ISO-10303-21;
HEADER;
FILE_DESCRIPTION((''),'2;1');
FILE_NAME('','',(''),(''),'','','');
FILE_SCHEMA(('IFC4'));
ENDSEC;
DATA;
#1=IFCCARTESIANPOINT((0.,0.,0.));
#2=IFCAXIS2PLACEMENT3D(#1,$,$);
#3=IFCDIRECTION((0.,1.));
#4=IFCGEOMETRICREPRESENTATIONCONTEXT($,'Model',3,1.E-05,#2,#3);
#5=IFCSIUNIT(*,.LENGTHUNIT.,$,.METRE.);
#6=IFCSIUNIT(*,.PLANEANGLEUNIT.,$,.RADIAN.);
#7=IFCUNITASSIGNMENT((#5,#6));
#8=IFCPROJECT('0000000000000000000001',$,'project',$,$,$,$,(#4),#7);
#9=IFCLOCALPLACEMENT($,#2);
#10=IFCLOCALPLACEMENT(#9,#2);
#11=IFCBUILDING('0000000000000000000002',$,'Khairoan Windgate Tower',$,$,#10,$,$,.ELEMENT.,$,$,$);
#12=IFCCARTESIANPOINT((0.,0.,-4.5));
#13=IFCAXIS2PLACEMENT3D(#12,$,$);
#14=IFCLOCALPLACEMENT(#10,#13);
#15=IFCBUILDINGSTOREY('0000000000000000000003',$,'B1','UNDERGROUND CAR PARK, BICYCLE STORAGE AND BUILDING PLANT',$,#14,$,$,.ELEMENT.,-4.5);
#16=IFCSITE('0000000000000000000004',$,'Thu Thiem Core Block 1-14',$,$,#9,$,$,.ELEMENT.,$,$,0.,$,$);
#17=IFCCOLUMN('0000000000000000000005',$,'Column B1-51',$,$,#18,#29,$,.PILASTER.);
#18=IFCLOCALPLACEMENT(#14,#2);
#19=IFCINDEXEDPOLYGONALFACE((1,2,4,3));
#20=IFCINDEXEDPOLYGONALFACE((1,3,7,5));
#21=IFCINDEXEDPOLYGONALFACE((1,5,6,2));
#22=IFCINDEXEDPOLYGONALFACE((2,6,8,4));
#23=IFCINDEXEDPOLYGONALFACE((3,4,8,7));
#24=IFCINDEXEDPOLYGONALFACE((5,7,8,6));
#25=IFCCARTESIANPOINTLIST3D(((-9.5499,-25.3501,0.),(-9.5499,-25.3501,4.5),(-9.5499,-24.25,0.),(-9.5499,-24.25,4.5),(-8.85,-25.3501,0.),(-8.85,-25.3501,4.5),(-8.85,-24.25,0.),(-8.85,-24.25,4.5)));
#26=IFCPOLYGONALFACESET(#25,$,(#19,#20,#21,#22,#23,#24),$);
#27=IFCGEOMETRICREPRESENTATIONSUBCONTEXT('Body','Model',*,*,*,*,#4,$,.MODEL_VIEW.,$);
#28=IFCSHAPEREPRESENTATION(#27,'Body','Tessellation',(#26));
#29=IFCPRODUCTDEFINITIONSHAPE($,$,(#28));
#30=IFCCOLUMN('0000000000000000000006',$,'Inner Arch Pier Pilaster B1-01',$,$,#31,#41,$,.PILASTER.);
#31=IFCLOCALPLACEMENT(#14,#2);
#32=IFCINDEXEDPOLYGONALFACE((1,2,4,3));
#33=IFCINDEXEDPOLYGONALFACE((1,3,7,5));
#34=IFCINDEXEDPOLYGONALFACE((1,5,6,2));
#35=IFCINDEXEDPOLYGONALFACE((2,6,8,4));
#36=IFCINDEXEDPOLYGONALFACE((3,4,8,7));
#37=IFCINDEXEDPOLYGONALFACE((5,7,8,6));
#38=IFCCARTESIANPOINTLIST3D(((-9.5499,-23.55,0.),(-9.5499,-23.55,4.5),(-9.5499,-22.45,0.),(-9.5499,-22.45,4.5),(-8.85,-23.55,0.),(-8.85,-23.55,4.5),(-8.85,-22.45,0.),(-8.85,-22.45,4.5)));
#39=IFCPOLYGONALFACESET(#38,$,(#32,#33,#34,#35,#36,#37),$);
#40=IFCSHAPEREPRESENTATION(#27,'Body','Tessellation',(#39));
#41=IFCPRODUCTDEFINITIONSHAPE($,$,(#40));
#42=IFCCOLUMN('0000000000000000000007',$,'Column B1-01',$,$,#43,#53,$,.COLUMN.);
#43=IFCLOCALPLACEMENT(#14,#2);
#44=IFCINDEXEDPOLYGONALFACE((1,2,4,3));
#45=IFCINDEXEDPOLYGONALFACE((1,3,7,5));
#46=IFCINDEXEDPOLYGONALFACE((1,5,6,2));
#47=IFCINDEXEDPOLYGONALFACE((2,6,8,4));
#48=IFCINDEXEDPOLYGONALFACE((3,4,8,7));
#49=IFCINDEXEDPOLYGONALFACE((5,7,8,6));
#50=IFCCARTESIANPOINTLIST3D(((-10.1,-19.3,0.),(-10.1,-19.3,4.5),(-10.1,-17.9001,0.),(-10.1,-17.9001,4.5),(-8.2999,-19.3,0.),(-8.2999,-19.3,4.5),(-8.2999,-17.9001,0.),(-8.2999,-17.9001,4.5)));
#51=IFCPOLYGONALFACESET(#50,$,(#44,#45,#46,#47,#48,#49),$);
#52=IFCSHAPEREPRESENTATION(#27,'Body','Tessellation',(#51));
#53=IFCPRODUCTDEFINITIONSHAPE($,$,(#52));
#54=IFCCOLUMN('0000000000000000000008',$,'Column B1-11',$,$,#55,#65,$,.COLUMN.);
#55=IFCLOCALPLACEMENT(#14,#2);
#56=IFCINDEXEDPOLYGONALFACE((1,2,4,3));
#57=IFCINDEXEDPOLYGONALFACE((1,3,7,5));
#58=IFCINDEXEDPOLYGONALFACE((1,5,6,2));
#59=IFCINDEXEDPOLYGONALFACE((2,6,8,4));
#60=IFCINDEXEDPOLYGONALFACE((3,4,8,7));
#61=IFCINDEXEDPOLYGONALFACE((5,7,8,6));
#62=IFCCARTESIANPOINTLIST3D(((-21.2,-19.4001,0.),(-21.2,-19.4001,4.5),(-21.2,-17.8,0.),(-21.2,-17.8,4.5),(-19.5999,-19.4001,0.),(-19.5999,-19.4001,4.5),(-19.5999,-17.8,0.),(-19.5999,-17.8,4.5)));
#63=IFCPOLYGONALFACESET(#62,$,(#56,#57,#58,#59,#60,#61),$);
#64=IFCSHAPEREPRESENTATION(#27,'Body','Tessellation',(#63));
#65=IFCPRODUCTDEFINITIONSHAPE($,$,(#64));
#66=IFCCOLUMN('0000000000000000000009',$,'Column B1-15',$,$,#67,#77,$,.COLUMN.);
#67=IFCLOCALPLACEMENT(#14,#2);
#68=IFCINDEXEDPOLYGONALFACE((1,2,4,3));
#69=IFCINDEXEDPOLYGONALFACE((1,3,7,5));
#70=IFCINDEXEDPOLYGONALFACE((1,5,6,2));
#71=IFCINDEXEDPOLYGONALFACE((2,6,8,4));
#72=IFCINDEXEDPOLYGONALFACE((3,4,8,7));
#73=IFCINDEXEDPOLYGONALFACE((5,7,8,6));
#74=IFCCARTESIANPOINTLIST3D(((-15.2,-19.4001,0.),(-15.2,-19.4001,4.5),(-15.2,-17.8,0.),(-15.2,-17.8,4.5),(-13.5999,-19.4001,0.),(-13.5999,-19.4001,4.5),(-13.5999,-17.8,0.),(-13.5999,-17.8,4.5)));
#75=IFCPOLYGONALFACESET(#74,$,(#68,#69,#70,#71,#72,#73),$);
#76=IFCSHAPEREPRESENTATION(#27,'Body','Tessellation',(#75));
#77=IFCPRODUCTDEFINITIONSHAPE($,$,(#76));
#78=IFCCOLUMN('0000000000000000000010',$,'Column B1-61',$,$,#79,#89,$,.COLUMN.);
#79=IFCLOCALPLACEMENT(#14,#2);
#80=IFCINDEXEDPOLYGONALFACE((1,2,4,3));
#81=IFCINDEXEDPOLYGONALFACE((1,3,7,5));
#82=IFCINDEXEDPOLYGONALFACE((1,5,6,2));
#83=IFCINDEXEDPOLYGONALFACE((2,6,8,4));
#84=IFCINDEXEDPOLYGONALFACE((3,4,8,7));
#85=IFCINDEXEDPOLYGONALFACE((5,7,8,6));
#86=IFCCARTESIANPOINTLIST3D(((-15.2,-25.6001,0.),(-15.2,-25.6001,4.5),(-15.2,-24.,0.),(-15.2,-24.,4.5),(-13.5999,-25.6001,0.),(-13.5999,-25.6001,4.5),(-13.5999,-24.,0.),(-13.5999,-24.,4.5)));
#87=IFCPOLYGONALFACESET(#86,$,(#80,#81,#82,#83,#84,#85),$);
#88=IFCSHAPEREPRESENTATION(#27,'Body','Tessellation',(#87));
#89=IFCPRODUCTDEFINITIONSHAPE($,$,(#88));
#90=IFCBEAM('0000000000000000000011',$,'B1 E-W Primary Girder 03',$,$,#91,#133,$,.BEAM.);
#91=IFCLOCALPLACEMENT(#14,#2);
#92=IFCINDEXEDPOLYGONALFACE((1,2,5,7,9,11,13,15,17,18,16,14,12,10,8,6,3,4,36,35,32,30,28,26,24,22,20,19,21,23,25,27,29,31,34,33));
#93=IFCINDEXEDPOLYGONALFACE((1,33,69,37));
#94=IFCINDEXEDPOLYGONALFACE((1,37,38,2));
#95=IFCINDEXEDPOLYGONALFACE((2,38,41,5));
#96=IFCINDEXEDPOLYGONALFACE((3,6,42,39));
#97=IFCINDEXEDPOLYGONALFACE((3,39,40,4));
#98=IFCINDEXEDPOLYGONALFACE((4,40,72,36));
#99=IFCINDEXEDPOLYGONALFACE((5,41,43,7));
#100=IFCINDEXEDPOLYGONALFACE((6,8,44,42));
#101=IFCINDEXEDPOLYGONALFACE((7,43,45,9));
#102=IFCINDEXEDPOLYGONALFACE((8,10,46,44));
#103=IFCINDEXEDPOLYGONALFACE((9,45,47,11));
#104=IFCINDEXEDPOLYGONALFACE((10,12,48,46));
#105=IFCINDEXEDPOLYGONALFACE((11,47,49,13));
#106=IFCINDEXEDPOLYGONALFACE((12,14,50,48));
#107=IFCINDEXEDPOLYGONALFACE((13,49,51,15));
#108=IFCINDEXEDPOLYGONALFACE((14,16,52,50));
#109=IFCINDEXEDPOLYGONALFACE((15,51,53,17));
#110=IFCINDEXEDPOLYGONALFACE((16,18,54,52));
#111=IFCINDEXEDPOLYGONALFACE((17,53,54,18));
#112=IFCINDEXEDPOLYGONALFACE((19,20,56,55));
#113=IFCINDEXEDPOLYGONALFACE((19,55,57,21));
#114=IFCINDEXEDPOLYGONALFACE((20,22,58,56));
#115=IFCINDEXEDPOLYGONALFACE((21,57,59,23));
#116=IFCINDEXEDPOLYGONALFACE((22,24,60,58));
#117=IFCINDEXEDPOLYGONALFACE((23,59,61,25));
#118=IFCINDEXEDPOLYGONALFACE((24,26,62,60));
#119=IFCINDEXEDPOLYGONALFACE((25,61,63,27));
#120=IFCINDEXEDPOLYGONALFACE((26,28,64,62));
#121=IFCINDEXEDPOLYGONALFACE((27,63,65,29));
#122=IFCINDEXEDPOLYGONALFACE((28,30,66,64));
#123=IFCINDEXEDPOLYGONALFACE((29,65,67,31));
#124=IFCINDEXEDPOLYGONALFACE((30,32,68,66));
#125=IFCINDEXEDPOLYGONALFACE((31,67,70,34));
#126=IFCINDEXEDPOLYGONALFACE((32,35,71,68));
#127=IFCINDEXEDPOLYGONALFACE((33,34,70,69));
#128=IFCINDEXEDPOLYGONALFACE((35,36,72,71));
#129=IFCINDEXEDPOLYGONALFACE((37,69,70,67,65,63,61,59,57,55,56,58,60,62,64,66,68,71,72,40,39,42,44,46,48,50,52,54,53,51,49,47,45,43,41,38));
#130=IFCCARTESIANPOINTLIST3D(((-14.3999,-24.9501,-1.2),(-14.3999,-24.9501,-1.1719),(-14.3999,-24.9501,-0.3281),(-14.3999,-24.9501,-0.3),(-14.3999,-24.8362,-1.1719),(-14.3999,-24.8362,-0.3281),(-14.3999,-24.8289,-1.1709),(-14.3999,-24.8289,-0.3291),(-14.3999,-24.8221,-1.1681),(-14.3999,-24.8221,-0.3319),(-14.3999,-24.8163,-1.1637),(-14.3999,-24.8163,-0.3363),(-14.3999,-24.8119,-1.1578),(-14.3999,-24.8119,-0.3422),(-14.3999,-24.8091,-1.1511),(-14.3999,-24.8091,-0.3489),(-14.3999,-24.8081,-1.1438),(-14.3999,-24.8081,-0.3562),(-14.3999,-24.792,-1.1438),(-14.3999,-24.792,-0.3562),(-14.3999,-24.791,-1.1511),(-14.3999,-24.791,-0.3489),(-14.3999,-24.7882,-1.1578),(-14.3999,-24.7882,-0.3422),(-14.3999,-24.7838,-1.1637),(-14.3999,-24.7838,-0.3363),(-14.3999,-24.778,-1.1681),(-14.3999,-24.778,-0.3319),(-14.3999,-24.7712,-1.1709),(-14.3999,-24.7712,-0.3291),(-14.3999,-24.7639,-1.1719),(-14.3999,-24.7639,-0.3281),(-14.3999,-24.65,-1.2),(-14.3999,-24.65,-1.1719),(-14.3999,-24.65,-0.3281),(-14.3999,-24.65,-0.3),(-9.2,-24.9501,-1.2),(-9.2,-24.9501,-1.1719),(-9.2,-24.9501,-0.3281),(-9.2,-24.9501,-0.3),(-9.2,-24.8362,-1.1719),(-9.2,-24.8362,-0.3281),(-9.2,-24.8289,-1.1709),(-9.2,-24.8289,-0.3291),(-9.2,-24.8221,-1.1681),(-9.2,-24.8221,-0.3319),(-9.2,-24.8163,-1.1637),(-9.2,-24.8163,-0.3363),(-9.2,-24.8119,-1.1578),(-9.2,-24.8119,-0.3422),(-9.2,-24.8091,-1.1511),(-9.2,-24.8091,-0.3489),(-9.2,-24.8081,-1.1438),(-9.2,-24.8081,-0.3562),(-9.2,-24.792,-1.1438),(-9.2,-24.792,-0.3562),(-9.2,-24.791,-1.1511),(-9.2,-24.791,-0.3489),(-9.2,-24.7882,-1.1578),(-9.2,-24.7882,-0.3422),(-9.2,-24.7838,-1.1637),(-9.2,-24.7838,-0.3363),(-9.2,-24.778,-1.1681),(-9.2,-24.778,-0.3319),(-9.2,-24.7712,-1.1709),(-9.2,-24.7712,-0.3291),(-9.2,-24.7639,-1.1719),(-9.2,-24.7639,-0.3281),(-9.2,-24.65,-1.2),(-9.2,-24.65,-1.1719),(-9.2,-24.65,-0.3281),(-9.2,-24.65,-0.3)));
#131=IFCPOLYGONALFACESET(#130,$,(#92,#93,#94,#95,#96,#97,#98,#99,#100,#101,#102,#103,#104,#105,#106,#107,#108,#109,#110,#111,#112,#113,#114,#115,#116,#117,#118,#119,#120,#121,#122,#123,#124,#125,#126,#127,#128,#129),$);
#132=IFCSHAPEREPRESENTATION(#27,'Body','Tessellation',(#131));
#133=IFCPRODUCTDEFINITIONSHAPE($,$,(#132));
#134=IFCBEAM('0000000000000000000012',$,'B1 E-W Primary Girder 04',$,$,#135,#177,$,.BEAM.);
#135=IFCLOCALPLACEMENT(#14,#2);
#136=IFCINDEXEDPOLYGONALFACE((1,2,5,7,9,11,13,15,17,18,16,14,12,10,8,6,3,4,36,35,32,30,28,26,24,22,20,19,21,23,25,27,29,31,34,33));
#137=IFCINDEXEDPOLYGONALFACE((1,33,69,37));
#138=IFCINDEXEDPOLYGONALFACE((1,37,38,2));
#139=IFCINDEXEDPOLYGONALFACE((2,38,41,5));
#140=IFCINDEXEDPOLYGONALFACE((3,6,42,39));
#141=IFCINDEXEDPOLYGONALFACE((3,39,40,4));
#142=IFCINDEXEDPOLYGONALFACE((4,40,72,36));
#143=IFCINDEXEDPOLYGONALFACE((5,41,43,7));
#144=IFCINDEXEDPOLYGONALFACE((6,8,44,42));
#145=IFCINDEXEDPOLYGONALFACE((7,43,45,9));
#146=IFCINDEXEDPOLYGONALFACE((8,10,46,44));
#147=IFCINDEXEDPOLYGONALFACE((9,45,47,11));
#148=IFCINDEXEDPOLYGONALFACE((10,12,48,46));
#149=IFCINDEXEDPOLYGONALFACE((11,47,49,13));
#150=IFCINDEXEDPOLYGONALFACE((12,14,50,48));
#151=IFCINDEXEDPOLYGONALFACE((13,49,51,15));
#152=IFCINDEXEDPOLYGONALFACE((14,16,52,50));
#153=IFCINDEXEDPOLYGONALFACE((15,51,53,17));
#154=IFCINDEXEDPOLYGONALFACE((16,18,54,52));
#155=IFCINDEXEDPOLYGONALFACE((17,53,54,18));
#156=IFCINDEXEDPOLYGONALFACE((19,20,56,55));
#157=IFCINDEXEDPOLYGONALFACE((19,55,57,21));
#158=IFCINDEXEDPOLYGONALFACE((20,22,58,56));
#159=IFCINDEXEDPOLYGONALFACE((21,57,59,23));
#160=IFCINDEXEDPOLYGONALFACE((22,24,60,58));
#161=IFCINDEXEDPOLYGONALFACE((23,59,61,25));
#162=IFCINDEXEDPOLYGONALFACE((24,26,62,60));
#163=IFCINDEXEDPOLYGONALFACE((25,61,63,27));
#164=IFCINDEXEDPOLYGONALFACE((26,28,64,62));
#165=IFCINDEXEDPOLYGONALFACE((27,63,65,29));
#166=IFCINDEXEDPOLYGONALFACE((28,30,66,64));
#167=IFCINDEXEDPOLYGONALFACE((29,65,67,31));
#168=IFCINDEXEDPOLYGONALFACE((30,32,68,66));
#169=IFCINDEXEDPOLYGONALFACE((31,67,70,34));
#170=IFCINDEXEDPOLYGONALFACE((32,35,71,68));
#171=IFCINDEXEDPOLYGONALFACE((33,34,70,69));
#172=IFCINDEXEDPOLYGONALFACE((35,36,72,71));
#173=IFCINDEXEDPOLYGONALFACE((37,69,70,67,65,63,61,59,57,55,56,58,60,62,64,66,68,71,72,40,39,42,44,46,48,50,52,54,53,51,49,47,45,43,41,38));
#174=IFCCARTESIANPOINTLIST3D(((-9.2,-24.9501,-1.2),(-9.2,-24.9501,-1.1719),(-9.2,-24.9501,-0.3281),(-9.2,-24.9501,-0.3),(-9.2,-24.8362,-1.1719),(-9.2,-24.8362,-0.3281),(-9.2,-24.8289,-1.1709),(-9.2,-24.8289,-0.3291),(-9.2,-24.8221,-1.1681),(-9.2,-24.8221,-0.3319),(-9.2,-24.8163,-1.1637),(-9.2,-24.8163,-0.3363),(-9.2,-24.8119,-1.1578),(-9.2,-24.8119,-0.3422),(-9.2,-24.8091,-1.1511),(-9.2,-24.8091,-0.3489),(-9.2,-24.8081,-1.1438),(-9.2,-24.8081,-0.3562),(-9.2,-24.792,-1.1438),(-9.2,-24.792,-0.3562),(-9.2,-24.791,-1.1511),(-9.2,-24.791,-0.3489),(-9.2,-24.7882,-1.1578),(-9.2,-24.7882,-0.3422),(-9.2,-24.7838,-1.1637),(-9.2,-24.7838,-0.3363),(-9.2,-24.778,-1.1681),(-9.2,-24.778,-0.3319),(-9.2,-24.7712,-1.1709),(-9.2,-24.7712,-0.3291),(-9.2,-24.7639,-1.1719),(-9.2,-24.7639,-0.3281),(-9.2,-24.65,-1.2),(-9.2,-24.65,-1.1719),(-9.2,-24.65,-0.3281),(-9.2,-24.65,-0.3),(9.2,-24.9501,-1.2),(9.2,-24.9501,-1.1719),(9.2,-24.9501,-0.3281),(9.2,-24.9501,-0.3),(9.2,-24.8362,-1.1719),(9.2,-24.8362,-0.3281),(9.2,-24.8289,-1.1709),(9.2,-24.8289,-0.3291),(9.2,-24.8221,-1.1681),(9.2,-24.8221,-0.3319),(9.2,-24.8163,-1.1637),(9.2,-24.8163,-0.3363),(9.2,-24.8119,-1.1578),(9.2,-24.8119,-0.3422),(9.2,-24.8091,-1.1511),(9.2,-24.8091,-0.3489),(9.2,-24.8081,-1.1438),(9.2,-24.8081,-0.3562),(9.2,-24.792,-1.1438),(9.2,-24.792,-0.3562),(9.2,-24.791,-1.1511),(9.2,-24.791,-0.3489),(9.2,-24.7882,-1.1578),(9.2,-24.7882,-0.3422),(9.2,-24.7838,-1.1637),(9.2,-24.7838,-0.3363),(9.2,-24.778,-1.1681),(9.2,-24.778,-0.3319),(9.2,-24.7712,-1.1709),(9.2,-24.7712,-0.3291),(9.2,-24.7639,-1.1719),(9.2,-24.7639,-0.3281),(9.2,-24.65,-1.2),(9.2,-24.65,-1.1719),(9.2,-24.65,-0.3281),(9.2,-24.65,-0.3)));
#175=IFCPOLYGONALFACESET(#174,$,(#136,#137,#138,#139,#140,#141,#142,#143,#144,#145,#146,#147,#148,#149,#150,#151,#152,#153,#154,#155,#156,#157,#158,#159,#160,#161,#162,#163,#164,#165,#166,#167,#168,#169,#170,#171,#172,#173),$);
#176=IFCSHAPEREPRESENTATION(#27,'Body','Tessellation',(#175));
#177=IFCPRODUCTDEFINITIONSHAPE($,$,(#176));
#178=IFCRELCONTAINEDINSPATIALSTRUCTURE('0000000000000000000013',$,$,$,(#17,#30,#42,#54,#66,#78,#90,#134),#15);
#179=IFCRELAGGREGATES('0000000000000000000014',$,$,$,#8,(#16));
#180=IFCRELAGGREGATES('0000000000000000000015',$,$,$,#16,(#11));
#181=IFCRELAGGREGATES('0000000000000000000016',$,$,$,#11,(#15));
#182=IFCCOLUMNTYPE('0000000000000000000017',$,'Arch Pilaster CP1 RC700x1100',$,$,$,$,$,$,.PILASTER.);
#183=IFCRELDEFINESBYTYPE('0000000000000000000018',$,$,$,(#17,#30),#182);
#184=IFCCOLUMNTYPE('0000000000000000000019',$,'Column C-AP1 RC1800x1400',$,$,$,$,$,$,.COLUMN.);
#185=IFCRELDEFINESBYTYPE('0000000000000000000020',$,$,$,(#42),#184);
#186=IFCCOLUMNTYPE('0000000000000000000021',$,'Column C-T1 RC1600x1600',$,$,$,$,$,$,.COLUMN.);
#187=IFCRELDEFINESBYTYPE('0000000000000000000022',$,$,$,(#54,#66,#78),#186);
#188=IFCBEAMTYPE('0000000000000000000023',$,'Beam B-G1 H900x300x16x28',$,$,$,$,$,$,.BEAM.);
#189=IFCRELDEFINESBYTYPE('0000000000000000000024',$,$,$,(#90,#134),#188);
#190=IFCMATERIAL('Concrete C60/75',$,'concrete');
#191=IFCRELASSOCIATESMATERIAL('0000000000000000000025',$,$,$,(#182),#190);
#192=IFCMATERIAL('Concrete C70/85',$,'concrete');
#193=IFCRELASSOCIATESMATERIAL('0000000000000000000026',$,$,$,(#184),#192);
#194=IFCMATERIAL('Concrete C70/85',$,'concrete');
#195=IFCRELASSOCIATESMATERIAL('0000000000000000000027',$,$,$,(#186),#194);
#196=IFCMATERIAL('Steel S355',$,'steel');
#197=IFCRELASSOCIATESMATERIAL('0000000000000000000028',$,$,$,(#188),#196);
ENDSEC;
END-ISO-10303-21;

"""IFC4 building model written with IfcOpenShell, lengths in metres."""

from ifc_helpers import new_model, si_unit, direction, frame, origin, origin_2d, place, context, subcontext, project, spatial, rectangle, i_section, extrude, material, material_profile, profile_set, type_object, element, save


model = new_model("IFC4")

# Units and contexts
model_context = context("Model", 3, precision=1e-05, world=origin(), true_north=direction((0.0, 1.0)))
body_context = subcontext(model_context, "Body", "Model", "MODEL_VIEW")
ifc_project = project(units=[si_unit("LENGTHUNIT", "METRE"), si_unit("PLANEANGLEUNIT", "RADIAN")], contexts=[model_context])

# Site, building, storey
site_placement = place(None, origin())
site = spatial("IfcSite", under=ifc_project, at=site_placement, Name="Thu Thiem Core Block 1-14", CompositionType="ELEMENT", RefElevation=0.0)
building_placement = place(site_placement, origin())
building = spatial("IfcBuilding", under=site, at=building_placement, Name="Khairoan Windgate Tower", CompositionType="ELEMENT")
storey_placement = place(building_placement, frame((0.0, 0.0, -4.5)))
storey = spatial("IfcBuildingStorey", under=building, at=storey_placement, Name="B1", Description="UNDERGROUND CAR PARK, BICYCLE STORAGE AND BUILDING PLANT", CompositionType="ELEMENT", Elevation=-4.5)

# Columns
ifc_material_1 = material(Name="Concrete C60/75", Category="concrete")
ifc_material_profile_1 = material_profile(ifc_material_1, rectangle(XDim=0.7, YDim=1.1001, at=origin_2d()))
ifc_profile_set_1 = profile_set([ifc_material_profile_1], Name="Concrete C60/75")
column_type_1 = type_object("IfcColumnType", Name="Arch Pilaster CP1 RC700x1100", PredefinedType="PILASTER", material=ifc_profile_set_1)
for number, where, z_axis, x_axis, name in (
    (1, (-9.2, -24.8, 0.0), (0.0, 0.0, 1.0), (1.0, 0.0, 0.0), "Column B1-51"),
    (2, (-9.2, -23.0, 0.0), (0.0, 0.0, 1.0), (1.0, 0.0, 0.0), "Inner Arch Pier Pilaster B1-01"),
):
    element("IfcColumn", number, at=place(storey_placement, frame(where, z_axis=z_axis, x_axis=x_axis)), inside=storey, type_object=column_type_1, Name=name, PredefinedType="PILASTER", context=body_context, shape_type="SweptSolid", body=[
        extrude(rectangle(XDim=0.7, YDim=1.1001, at=origin_2d()), origin(), (0.0, 0.0, 1.0), 4.5),
    ])
ifc_material_2 = material(Name="Concrete C70/85", Category="concrete")
ifc_material_profile_2 = material_profile(ifc_material_2, rectangle(XDim=1.8, YDim=1.3999, at=origin_2d()))
ifc_profile_set_2 = profile_set([ifc_material_profile_2], Name="Concrete C70/85")
column_type_2 = type_object("IfcColumnType", Name="Column C-AP1 RC1800x1400", PredefinedType="COLUMN", material=ifc_profile_set_2)
column_placement = place(storey_placement, frame((-9.2, -18.6001, 0.0), z_axis=(0.0, 0.0, 1.0), x_axis=(1.0, 0.0, 0.0)))
element("IfcColumn", 3, at=column_placement, inside=storey, type_object=column_type_2, Name="Column B1-01", PredefinedType="COLUMN", context=body_context, shape_type="SweptSolid", body=[
    extrude(rectangle(XDim=1.8, YDim=1.3999, at=origin_2d()), origin(), (0.0, 0.0, 1.0), 4.5),
])
ifc_material_3 = material(Name="Concrete C70/85", Category="concrete")
ifc_material_profile_3 = material_profile(ifc_material_3, rectangle(XDim=1.6001, YDim=1.6001, at=origin_2d()))
ifc_profile_set_3 = profile_set([ifc_material_profile_3], Name="Concrete C70/85")
column_type_3 = type_object("IfcColumnType", Name="Column C-T1 RC1600x1600", PredefinedType="COLUMN", material=ifc_profile_set_3)
for number, where, z_axis, x_axis, name in (
    (4, (-20.3999, -18.6001, 0.0), (0.0, 0.0, 1.0), (1.0, 0.0, 0.0), "Column B1-11"),
    (5, (-14.3999, -18.6001, 0.0), (0.0, 0.0, 1.0), (1.0, 0.0, 0.0), "Column B1-15"),
    (6, (-14.3999, -24.8, 0.0), (0.0, 0.0, 1.0), (1.0, 0.0, 0.0), "Column B1-61"),
):
    element("IfcColumn", number, at=place(storey_placement, frame(where, z_axis=z_axis, x_axis=x_axis)), inside=storey, type_object=column_type_3, Name=name, PredefinedType="COLUMN", context=body_context, shape_type="SweptSolid", body=[
        extrude(rectangle(XDim=1.6001, YDim=1.6001, at=origin_2d()), origin(), (0.0, 0.0, 1.0), 4.5),
    ])

# Beams
ifc_material_4 = material(Name="Steel S355", Category="steel")
ifc_material_profile_4 = material_profile(ifc_material_4, i_section(OverallWidth=0.3, OverallDepth=0.8999, WebThickness=0.0161, FlangeThickness=0.0281, FilletRadius=0.0281, at=origin_2d()))
ifc_profile_set_4 = profile_set([ifc_material_profile_4], Name="Steel S355")
beam_type_1 = type_object("IfcBeamType", Name="Beam B-G1 H900x300x16x28", PredefinedType="BEAM", material=ifc_profile_set_4)
beam_1_placement = place(storey_placement, frame((-14.3999, -24.8, -0.75), z_axis=(1.0, 0.0, 0.0), x_axis=(0.0, 1.0, 0.0)))
element("IfcBeam", 7, at=beam_1_placement, inside=storey, type_object=beam_type_1, Name="B1 E-W Primary Girder 03", PredefinedType="BEAM", context=body_context, shape_type="SweptSolid", body=[
    extrude(i_section(OverallWidth=0.3, OverallDepth=0.8999, WebThickness=0.0161, FlangeThickness=0.0281, FilletRadius=0.0281, at=origin_2d()), origin(), (0.0, 0.0, 1.0), 5.2),
])
for number, where, z_axis, x_axis, name in (
    (8, (-9.2, -24.8, -0.75), (1.0, 0.0, 0.0), (0.0, 1.0, 0.0), "B1 E-W Primary Girder 04"),
):
    element("IfcBeam", number, at=place(storey_placement, frame(where, z_axis=z_axis, x_axis=x_axis)), inside=storey, type_object=beam_type_1, Name=name, PredefinedType="BEAM", context=body_context, shape_type="SweptSolid", body=[
        extrude(i_section(OverallWidth=0.3, OverallDepth=0.8999, WebThickness=0.0161, FlangeThickness=0.0281, FilletRadius=0.0281, at=origin_2d()), origin(), (0.0, 0.0, 1.0), 18.3999),
    ])

save(model, "model.ifc")
